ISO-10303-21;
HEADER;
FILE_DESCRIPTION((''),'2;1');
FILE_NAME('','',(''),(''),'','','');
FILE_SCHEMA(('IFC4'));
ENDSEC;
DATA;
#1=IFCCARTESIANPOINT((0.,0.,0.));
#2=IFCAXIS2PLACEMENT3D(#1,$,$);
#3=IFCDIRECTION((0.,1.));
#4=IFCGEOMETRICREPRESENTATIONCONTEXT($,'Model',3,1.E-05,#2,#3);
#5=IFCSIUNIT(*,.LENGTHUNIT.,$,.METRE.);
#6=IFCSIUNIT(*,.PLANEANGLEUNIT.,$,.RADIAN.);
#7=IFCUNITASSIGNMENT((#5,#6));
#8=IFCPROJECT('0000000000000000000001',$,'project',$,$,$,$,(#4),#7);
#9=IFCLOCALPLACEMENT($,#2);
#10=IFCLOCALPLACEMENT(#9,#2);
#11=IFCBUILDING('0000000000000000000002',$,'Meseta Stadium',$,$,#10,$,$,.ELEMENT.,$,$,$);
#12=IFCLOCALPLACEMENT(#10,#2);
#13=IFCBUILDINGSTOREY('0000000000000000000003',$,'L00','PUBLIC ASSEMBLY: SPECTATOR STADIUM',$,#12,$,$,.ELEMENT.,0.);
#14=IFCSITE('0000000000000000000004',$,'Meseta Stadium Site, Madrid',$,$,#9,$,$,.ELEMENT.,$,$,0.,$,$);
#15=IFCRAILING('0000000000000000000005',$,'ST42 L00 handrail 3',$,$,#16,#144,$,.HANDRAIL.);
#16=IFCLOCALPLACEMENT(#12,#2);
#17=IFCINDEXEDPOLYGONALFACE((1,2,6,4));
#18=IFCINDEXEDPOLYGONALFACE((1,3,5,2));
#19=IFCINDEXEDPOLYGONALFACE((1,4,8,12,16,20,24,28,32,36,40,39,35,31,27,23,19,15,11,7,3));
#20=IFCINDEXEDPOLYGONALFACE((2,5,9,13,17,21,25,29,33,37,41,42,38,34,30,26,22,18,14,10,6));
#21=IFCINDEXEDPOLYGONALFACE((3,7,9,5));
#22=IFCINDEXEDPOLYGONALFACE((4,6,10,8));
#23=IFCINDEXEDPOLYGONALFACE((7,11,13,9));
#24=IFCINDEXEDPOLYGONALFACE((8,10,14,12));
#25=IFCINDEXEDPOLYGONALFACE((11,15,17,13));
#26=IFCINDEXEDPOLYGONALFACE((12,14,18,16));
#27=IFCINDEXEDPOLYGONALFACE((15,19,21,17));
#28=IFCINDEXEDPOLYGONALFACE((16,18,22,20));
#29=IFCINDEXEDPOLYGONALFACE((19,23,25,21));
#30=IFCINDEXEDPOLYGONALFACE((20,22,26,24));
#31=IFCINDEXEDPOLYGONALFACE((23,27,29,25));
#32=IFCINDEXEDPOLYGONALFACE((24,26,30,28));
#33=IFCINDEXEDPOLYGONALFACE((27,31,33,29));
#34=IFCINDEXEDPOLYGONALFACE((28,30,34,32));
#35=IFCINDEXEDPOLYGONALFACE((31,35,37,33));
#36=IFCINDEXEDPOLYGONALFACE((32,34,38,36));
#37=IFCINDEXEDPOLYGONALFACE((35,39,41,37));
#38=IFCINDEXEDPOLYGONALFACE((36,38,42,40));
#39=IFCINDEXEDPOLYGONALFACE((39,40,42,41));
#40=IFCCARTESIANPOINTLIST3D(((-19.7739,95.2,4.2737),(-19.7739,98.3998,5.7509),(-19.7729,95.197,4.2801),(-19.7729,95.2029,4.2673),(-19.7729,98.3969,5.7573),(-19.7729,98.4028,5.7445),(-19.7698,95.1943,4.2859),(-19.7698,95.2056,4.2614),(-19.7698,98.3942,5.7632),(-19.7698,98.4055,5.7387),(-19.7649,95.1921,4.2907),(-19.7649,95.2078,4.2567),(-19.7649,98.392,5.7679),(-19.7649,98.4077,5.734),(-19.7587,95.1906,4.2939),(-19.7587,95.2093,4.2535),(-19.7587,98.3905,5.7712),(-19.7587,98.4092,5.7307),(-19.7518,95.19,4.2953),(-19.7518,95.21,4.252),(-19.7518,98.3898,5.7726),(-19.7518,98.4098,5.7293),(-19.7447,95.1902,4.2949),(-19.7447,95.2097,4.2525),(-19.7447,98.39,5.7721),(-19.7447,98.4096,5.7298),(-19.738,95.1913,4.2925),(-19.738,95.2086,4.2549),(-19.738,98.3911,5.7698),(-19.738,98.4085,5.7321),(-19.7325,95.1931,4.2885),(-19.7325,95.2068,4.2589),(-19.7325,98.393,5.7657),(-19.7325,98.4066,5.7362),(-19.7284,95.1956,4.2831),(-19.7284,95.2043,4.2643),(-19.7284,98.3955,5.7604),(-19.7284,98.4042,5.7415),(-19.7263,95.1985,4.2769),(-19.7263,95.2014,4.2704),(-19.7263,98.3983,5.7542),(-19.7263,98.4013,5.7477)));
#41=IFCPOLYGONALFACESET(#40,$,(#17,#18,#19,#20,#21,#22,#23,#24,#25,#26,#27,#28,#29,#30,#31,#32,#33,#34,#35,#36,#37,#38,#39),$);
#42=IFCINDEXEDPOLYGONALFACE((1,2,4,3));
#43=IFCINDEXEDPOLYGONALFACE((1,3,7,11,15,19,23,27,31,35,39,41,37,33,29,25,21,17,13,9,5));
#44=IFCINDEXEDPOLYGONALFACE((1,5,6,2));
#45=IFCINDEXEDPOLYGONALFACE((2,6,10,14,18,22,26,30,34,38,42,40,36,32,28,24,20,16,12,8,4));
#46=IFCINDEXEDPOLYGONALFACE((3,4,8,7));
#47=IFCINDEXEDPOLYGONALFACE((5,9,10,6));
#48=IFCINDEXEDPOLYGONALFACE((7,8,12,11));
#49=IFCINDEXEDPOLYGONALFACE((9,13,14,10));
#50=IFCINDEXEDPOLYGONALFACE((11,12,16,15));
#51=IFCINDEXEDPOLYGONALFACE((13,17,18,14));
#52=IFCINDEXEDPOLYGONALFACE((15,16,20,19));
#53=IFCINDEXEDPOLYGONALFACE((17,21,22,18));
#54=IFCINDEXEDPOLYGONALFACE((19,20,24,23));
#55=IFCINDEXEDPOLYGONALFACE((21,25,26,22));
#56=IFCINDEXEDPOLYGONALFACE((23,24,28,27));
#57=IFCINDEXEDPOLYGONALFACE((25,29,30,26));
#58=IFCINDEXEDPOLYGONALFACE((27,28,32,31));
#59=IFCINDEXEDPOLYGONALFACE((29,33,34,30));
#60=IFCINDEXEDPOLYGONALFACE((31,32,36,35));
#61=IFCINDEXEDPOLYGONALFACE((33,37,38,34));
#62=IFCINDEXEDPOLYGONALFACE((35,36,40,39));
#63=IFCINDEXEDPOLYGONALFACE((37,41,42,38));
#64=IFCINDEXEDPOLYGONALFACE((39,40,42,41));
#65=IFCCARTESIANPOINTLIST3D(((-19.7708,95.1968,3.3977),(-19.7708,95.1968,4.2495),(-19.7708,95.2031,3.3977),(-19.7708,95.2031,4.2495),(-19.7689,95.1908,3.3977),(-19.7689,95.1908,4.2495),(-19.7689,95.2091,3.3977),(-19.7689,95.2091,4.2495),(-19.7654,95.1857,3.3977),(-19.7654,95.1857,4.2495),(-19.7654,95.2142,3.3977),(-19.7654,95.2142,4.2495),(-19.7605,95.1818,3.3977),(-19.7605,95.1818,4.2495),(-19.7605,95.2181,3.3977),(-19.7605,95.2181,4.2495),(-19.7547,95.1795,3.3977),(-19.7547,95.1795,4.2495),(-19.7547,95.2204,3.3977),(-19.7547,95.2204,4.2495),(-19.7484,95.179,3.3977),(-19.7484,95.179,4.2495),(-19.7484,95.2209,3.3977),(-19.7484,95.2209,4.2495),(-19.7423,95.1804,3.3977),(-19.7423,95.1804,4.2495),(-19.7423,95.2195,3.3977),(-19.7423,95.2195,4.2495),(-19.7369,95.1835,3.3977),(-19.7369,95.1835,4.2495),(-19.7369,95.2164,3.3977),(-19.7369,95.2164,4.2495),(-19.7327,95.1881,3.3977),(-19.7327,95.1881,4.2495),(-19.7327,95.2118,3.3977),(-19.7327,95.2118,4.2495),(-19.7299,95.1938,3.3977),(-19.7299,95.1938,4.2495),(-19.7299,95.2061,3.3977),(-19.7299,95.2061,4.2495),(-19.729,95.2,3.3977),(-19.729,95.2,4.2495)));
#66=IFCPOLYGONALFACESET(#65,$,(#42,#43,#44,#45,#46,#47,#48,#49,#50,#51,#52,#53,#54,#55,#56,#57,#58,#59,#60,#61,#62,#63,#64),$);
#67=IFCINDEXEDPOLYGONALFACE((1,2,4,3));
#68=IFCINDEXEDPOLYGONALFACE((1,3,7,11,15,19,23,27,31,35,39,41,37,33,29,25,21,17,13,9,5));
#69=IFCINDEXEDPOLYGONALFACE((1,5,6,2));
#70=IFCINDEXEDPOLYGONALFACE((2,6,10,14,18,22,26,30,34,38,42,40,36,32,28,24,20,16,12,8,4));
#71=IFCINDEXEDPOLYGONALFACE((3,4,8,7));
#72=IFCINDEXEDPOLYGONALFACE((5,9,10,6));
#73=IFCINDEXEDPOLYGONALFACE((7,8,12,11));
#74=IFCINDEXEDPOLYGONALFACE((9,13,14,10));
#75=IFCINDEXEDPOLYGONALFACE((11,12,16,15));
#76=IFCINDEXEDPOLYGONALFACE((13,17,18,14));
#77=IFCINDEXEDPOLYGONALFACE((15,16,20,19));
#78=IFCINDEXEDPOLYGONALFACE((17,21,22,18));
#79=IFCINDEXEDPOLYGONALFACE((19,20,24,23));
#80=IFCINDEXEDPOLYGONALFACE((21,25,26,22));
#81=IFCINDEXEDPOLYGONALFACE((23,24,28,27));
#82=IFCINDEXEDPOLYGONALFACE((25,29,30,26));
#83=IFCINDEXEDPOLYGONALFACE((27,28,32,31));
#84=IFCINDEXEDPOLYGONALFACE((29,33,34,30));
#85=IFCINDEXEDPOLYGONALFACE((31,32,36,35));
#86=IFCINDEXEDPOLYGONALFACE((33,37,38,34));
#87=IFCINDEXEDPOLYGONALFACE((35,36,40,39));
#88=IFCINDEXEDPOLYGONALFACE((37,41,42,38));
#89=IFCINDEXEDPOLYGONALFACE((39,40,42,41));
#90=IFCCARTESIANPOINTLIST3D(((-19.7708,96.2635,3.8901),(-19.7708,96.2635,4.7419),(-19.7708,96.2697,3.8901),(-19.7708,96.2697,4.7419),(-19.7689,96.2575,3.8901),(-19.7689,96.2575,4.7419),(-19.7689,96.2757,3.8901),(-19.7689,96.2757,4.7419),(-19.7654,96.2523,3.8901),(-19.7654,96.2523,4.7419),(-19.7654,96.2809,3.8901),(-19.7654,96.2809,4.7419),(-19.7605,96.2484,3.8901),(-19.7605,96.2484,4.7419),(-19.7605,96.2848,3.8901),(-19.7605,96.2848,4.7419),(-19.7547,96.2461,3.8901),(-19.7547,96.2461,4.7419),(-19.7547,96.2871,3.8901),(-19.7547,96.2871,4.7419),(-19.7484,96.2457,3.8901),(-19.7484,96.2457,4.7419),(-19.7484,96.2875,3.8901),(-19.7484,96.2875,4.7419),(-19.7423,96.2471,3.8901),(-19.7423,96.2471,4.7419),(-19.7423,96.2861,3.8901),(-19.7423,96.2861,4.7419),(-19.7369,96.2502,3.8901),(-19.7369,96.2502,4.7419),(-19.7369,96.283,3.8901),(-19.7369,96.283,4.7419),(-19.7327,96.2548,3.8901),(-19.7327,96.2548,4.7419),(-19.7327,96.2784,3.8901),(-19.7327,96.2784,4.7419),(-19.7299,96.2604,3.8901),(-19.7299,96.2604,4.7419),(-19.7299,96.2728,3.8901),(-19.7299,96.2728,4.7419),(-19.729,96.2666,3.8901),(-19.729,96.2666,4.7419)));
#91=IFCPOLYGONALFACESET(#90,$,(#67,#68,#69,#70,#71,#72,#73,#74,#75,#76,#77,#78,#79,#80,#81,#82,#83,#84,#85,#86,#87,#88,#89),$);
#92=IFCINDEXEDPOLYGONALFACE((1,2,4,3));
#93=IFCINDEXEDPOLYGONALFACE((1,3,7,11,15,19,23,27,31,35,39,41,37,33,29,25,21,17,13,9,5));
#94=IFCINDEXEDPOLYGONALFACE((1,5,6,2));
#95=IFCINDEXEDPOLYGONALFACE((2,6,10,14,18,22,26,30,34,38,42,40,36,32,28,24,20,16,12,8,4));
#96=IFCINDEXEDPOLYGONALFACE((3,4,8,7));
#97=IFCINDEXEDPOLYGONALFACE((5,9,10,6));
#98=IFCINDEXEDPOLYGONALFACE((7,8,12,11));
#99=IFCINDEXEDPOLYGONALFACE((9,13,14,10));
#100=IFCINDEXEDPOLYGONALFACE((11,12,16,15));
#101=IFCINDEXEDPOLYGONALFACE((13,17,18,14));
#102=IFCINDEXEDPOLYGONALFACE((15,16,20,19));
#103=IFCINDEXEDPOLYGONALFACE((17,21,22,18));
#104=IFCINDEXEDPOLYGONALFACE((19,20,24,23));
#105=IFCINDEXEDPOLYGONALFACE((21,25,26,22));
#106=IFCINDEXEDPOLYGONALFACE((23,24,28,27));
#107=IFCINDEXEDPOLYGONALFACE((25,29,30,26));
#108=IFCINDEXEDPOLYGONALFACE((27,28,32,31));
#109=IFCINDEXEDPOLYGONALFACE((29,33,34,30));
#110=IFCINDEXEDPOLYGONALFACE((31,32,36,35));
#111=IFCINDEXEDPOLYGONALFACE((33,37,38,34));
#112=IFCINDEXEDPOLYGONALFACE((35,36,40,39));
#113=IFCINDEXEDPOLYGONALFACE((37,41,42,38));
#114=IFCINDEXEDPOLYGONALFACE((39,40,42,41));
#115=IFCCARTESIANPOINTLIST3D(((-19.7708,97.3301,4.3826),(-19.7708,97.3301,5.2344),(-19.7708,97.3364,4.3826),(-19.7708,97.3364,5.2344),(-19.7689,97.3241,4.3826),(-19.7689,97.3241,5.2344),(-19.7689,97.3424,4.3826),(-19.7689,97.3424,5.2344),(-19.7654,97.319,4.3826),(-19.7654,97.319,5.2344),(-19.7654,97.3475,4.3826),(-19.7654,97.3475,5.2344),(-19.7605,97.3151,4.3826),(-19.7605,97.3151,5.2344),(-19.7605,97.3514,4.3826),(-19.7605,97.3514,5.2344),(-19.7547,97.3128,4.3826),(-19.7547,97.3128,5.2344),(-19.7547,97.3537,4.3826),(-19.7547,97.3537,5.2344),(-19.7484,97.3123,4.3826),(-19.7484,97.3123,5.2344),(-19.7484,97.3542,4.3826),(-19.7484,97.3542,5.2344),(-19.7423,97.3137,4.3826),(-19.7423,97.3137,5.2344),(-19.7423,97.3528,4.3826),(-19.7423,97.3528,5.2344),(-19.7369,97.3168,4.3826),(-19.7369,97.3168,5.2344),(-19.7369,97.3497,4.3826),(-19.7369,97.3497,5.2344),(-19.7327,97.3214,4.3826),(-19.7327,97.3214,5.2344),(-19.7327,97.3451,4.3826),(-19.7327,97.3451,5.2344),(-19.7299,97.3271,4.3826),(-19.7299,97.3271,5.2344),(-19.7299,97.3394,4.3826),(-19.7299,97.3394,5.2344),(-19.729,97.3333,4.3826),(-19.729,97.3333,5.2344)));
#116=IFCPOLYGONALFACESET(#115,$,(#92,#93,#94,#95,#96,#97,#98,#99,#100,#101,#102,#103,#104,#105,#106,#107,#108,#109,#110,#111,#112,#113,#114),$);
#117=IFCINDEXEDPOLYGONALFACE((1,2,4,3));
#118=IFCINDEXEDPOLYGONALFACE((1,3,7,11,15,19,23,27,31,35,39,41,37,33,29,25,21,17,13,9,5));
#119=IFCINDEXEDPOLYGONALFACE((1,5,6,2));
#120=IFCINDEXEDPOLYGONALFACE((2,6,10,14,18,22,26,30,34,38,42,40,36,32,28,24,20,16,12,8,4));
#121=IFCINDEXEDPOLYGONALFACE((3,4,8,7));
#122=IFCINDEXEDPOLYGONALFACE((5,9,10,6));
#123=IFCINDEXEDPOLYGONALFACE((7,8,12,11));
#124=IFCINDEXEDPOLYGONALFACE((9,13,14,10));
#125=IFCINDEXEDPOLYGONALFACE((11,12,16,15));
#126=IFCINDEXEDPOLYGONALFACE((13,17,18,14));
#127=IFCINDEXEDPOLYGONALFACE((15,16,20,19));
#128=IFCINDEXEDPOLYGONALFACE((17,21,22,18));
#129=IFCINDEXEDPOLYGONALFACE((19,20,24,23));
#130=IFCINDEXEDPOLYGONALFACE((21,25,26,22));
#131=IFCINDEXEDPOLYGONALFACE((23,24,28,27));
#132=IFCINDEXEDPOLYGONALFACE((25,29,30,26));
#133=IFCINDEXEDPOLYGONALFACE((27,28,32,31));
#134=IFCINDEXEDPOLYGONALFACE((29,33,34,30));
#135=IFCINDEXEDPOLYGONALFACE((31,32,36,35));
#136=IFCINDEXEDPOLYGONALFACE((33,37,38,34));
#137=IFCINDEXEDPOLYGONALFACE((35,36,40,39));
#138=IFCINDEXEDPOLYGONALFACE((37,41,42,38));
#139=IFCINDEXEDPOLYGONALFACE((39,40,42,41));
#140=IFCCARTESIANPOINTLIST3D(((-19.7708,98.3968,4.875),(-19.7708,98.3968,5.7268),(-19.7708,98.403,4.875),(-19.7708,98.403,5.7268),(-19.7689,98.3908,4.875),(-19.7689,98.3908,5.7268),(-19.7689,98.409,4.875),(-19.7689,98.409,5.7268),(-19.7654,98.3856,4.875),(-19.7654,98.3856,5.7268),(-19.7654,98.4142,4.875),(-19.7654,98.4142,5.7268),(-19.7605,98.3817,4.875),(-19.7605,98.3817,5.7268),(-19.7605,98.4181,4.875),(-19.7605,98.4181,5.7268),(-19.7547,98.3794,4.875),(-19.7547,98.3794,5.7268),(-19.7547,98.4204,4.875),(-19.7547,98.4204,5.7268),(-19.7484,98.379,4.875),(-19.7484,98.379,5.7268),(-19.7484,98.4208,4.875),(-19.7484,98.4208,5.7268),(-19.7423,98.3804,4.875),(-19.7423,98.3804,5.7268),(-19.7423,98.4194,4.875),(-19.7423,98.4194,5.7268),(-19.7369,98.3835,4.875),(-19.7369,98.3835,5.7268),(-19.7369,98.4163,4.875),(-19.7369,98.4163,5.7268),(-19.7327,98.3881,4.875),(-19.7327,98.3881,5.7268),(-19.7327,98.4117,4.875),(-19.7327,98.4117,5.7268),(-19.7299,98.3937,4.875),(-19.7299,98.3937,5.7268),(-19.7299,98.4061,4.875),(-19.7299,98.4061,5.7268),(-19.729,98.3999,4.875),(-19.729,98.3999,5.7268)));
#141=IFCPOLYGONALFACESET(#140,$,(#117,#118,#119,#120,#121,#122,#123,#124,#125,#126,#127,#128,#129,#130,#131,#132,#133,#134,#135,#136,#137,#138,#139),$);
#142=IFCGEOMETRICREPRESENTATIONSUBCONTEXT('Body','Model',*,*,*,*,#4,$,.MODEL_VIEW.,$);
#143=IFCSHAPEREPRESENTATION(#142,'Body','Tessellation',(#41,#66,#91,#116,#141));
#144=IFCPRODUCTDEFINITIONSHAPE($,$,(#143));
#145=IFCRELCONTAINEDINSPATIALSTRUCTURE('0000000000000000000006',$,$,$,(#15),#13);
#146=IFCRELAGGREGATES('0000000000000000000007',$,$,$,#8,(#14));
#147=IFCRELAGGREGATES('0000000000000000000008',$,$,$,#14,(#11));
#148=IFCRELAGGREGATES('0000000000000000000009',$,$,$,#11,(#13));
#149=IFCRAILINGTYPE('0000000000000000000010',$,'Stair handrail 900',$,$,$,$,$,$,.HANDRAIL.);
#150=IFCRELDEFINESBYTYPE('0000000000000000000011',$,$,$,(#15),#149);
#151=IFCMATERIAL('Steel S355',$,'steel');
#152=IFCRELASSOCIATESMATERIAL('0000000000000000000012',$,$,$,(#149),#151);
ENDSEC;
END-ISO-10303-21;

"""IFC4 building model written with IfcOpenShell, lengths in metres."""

from ifc_helpers import new_model, si_unit, direction, frame, origin, origin_2d, place, context, subcontext, project, spatial, circle, extrude, material, type_object, element, save


model = new_model("IFC4")

# Units and contexts
model_context = context("Model", 3, precision=1e-05, world=origin(), true_north=direction((0.0, 1.0)))
body_context = subcontext(model_context, "Body", "Model", "MODEL_VIEW")
ifc_project = project(units=[si_unit("LENGTHUNIT", "METRE"), si_unit("PLANEANGLEUNIT", "RADIAN")], contexts=[model_context])

# Site, building, storey
site_placement = place(None, origin())
site = spatial("IfcSite", under=ifc_project, at=site_placement, Name="Meseta Stadium Site, Madrid", CompositionType="ELEMENT", RefElevation=0.0)
building_placement = place(site_placement, origin())
building = spatial("IfcBuilding", under=site, at=building_placement, Name="Meseta Stadium", CompositionType="ELEMENT")
storey_placement = place(building_placement, origin())
storey = spatial("IfcBuildingStorey", under=building, at=storey_placement, Name="L00", Description="PUBLIC ASSEMBLY: SPECTATOR STADIUM", CompositionType="ELEMENT", Elevation=0.0)

# Railing
ifc_material_1 = material(Name="Steel S355", Category="steel")
railing_type_1 = type_object("IfcRailingType", Name="Stair handrail 900", PredefinedType="HANDRAIL", material=ifc_material_1)
for number, where, name in (
    (1, (-19.75, 95.2, 3.3977), "ST42 L00 handrail 3"),
):
    element("IfcRailing", number, at=place(storey_placement, frame(where)), inside=storey, type_object=railing_type_1, Name=name, PredefinedType="HANDRAIL", context=body_context, shape_type="SweptSolid", body=[
        extrude(circle(Radius=0.0239, at=origin_2d()), frame((0.0, 0.0, 0.876), z_axis=(0.0, 0.907917, 0.41915), x_axis=(-1.0, 0.0, 0.0)), (0.0, 0.0, 1.0), 3.5244),
        extrude(circle(Radius=0.021, at=origin_2d()), origin(), (0.0, 0.0, 1.0), 0.8518),
        extrude(circle(Radius=0.021, at=origin_2d()), frame((0.0, 1.0667, 0.4924)), (0.0, 0.0, 1.0), 0.8518),
        extrude(circle(Radius=0.021, at=origin_2d()), frame((0.0, 2.1333, 0.9849)), (0.0, 0.0, 1.0), 0.8518),
        extrude(circle(Radius=0.021, at=origin_2d()), frame((0.0, 3.2, 1.4773)), (0.0, 0.0, 1.0), 0.8518),
    ])

save(model, "model.ifc")
